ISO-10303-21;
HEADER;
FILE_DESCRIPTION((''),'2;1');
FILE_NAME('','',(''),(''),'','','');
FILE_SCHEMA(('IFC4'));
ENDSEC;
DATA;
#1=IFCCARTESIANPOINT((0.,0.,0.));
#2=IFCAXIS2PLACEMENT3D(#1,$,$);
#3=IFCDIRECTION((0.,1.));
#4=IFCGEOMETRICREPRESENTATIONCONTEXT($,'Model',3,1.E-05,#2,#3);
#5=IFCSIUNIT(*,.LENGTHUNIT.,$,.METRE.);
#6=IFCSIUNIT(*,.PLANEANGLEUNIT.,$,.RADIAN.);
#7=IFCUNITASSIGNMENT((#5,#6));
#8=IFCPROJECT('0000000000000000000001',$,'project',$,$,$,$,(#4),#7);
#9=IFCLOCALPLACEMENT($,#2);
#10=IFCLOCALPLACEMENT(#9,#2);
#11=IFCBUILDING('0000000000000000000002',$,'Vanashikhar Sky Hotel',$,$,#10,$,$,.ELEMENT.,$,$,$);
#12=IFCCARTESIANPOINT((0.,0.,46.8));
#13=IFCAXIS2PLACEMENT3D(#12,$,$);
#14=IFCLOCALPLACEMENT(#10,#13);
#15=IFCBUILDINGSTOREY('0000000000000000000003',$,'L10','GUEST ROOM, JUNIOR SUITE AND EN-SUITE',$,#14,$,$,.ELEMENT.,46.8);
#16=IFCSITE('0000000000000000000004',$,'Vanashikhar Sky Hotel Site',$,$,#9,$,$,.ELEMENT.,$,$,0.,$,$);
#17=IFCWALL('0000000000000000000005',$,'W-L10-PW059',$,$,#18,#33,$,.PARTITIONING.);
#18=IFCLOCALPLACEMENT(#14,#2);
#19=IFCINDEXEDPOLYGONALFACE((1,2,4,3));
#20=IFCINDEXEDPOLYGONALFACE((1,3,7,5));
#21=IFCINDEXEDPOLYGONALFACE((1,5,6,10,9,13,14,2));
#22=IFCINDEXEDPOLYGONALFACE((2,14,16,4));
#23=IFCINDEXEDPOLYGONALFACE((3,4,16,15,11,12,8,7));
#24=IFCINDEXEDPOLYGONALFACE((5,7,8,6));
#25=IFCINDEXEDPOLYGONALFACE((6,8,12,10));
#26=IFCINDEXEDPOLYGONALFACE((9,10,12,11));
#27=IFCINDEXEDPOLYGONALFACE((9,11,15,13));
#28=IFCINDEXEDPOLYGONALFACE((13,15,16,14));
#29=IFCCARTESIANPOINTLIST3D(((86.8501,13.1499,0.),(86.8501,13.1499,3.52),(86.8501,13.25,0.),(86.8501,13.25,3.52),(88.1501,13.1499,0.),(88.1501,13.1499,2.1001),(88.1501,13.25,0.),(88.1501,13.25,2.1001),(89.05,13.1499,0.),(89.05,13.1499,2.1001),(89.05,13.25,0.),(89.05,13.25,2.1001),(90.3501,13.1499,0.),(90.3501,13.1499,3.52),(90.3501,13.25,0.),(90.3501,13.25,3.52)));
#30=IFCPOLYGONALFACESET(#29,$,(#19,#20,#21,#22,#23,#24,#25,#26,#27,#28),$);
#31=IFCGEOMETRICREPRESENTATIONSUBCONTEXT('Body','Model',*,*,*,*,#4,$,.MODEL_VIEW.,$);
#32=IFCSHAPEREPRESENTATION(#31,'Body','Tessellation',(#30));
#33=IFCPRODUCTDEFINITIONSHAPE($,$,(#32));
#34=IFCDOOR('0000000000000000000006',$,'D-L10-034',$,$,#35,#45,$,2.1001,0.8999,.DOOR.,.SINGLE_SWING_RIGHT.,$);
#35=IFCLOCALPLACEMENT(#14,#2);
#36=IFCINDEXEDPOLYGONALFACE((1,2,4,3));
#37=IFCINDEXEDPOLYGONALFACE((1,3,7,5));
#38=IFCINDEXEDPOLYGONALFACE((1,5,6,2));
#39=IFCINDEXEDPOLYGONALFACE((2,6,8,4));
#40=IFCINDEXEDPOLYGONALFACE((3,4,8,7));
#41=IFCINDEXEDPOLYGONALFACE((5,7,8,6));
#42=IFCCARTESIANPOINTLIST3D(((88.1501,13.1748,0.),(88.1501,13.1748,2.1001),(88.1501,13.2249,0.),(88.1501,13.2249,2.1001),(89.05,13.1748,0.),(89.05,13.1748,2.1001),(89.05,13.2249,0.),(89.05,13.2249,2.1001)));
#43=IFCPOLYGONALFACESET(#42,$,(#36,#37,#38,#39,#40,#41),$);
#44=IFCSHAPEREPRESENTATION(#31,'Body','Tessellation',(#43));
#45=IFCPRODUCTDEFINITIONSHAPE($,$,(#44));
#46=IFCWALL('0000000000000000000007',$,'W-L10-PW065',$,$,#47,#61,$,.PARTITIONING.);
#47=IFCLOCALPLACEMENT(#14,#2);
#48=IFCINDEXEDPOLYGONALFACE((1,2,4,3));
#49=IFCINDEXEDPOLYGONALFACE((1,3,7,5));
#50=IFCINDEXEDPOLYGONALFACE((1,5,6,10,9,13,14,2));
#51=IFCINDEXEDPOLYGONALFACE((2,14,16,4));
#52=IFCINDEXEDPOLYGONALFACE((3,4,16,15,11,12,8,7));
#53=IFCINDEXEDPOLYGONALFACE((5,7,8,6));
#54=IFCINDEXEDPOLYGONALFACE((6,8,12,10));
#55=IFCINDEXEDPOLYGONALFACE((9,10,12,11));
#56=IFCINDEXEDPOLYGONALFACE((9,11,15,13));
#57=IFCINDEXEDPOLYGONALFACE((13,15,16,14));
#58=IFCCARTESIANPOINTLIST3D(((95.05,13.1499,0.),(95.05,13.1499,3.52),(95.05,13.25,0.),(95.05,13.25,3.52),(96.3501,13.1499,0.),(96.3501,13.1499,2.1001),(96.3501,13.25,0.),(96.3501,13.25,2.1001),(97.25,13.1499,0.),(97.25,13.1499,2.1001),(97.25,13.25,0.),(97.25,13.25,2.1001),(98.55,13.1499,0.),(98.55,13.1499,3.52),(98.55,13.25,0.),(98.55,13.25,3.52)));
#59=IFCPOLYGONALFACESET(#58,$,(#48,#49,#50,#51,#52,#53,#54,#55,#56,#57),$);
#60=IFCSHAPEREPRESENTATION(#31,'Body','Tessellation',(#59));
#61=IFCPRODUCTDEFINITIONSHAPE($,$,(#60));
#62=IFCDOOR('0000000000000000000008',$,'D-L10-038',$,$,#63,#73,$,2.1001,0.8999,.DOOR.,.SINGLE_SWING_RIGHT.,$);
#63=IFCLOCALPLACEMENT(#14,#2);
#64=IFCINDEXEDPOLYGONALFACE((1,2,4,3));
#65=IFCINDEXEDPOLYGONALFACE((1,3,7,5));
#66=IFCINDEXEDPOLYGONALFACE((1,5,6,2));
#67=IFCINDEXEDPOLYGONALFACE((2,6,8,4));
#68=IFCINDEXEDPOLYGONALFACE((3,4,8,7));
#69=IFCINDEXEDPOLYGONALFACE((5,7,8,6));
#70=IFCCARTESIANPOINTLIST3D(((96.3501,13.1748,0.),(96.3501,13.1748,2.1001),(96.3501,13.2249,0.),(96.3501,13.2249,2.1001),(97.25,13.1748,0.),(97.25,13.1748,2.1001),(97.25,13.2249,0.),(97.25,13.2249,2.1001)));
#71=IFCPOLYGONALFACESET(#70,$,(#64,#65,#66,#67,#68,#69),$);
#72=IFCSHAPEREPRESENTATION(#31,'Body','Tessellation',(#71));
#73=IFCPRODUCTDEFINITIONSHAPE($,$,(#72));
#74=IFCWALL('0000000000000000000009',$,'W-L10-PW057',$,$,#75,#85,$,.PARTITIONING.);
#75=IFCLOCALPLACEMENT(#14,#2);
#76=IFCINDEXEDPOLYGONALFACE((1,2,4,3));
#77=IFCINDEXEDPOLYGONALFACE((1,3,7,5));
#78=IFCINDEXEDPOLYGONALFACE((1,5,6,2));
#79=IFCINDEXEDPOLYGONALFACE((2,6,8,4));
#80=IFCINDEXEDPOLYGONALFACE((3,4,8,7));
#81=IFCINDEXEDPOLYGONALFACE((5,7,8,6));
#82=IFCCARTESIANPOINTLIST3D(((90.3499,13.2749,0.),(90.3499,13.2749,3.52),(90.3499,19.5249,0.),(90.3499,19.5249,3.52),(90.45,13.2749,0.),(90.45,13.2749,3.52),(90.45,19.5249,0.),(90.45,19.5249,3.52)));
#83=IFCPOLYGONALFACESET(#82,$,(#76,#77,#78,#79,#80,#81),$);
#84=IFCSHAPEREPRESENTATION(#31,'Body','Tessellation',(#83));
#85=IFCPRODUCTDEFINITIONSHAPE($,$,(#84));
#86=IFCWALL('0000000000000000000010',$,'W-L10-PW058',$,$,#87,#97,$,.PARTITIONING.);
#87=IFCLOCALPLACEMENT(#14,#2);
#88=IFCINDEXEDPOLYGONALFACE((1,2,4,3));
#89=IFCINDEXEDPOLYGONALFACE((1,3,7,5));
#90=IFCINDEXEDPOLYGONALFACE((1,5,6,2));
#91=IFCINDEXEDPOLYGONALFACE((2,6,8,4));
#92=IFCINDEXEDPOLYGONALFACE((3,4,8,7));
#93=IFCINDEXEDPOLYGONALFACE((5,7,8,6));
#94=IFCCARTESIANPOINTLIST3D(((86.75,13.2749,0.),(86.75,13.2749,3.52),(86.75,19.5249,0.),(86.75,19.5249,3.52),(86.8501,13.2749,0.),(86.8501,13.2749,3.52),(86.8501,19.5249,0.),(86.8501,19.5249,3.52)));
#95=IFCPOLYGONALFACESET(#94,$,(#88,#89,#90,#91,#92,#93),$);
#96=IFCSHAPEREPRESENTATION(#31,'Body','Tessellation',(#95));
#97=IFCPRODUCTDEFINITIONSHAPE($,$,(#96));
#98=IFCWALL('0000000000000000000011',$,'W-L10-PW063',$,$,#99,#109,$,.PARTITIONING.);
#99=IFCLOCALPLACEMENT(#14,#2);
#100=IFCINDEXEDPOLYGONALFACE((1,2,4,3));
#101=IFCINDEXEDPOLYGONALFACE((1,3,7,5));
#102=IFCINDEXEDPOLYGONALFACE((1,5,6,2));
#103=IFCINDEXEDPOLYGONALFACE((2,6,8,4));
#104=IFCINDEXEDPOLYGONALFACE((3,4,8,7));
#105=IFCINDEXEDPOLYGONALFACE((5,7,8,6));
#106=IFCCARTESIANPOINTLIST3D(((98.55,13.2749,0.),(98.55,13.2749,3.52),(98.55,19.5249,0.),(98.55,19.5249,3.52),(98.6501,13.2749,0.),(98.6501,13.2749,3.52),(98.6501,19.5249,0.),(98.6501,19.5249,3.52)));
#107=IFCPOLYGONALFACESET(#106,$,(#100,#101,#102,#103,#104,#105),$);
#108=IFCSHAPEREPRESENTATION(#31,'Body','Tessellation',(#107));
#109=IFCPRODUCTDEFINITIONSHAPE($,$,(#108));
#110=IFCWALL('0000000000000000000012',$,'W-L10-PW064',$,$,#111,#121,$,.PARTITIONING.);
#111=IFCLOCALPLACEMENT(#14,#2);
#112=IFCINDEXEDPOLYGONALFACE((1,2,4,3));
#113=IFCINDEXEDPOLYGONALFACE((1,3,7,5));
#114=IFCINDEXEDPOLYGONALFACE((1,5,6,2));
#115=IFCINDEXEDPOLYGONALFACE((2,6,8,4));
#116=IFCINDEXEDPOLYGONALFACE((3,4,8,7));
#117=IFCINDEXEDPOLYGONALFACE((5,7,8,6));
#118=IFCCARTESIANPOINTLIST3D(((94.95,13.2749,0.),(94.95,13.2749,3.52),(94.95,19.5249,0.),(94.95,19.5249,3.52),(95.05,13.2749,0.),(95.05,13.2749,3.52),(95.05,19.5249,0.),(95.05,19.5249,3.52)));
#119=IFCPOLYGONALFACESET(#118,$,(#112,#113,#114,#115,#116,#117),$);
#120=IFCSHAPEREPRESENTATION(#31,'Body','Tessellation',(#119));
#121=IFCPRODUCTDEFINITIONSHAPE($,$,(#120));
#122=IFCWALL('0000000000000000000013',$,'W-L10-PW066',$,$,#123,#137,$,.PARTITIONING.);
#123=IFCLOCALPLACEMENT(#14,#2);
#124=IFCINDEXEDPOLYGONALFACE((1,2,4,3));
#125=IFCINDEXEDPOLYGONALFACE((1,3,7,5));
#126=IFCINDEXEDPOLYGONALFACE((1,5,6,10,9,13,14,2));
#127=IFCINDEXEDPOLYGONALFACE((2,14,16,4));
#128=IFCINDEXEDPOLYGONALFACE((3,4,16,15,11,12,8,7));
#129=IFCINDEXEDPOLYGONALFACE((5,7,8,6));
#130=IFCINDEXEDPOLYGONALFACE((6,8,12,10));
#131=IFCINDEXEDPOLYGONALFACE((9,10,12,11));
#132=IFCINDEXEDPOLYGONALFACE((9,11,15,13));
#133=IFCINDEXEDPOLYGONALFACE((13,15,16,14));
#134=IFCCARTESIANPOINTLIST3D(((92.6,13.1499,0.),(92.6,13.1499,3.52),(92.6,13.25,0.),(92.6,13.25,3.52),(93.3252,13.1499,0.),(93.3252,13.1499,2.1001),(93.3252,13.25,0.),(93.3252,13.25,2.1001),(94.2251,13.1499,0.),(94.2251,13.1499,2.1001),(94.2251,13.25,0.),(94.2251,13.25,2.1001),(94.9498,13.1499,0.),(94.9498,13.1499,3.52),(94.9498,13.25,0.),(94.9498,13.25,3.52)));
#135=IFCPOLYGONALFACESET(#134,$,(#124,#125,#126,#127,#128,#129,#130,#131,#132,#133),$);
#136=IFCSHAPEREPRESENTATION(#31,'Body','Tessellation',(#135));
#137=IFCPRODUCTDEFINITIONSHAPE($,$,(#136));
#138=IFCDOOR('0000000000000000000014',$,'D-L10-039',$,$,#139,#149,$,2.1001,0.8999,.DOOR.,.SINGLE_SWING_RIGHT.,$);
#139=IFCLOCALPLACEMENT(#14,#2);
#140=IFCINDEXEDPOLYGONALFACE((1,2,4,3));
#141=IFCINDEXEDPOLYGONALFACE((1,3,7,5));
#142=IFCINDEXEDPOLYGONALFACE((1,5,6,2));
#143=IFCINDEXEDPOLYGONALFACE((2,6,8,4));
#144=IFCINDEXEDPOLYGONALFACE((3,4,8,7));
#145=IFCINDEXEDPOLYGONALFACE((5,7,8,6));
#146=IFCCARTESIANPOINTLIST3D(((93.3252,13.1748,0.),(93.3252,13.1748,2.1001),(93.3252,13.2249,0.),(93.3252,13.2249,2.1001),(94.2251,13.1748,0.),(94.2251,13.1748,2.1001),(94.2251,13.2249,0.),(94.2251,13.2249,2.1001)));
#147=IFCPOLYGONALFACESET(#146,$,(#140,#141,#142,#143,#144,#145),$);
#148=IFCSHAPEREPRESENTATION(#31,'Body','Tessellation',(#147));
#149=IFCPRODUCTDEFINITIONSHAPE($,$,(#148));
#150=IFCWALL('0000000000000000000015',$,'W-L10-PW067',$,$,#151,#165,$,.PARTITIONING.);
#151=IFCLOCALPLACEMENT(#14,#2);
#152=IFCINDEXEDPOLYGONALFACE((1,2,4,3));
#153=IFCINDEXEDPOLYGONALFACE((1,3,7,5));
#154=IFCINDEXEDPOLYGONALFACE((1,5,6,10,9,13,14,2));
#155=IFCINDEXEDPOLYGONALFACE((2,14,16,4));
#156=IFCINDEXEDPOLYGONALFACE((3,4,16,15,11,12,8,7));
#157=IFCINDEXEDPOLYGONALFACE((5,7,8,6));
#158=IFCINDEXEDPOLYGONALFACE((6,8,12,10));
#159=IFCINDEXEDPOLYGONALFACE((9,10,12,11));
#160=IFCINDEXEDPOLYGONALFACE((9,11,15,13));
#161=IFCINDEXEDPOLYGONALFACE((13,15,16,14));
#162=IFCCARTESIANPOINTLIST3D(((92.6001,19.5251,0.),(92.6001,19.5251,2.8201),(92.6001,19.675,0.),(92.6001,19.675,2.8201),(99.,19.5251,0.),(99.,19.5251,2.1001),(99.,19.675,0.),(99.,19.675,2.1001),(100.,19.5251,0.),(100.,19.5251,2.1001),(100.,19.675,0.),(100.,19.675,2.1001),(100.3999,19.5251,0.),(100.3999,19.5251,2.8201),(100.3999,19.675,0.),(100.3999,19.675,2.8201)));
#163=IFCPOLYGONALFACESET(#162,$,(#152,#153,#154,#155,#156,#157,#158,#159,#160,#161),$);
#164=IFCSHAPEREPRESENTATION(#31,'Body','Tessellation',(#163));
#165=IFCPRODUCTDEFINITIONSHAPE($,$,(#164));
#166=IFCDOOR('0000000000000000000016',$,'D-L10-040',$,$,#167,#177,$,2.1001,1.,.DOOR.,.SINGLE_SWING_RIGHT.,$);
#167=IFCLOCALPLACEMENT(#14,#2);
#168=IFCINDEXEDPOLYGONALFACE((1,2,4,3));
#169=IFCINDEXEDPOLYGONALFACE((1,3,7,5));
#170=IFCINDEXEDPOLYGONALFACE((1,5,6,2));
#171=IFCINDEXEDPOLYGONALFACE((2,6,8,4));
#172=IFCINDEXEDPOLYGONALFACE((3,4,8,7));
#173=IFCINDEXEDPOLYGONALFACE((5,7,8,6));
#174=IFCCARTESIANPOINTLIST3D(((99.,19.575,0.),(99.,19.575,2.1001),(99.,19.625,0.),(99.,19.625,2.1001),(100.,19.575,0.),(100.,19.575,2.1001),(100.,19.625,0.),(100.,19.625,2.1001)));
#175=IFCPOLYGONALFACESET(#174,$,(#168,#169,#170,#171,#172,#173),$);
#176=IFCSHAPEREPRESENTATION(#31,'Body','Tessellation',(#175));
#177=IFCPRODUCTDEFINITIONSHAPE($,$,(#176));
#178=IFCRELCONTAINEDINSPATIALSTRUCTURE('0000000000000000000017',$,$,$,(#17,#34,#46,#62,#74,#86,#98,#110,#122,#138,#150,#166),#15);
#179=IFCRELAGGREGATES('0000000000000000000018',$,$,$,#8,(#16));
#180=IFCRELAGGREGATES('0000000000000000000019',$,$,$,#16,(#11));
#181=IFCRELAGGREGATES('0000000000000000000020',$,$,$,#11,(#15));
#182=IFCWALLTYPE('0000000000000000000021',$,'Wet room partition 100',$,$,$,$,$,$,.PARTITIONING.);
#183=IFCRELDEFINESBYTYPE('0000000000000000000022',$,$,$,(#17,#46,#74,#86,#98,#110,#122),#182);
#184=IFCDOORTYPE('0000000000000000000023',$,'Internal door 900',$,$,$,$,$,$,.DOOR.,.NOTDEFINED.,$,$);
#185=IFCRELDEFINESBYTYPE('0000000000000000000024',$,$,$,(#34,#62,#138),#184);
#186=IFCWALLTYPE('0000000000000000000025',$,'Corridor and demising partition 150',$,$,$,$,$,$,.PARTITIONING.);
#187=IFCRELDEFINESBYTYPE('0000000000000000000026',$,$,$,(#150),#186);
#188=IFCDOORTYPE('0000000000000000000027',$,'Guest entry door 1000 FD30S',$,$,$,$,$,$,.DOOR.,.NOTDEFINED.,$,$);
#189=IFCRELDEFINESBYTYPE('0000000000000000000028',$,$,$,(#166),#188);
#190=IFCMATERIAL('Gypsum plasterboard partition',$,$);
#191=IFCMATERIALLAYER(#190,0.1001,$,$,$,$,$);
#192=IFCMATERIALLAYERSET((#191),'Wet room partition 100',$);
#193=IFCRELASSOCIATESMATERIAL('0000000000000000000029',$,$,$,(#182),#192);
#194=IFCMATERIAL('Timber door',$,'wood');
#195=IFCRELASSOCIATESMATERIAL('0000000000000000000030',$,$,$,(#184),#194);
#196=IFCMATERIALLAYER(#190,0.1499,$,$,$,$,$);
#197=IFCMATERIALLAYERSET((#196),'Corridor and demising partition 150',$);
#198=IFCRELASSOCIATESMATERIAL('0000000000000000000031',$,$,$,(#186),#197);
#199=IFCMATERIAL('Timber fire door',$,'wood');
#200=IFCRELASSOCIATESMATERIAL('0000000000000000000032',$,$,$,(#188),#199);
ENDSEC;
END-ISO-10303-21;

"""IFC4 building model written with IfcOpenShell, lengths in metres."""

from ifc_helpers import new_model, si_unit, direction, frame, frame_2d, origin, place, context, subcontext, project, spatial, rectangle, extrude, source, transform, mapped, material, layer, layer_set, type_object, element, fill, save


model = new_model("IFC4")

# Units and contexts
model_context = context("Model", 3, precision=1e-05, world=origin(), true_north=direction((0.0, 1.0)))
body_context = subcontext(model_context, "Body", "Model", "MODEL_VIEW")
ifc_project = project(units=[si_unit("LENGTHUNIT", "METRE"), si_unit("PLANEANGLEUNIT", "RADIAN")], contexts=[model_context])

# Site, building, storey
site_placement = place(None, origin())
site = spatial("IfcSite", under=ifc_project, at=site_placement, Name="Vanashikhar Sky Hotel Site", CompositionType="ELEMENT", RefElevation=0.0)
building_placement = place(site_placement, origin())
building = spatial("IfcBuilding", under=site, at=building_placement, Name="Vanashikhar Sky Hotel", CompositionType="ELEMENT")
storey_placement = place(building_placement, frame((0.0, 0.0, 46.8)))
storey = spatial("IfcBuildingStorey", under=building, at=storey_placement, Name="L10", Description="GUEST ROOM, JUNIOR SUITE AND EN-SUITE", CompositionType="ELEMENT", Elevation=46.8)

# Walls, openings, doors
ifc_material_1 = material(Name="Gypsum plasterboard partition")
ifc_layer_1 = layer(ifc_material_1, 0.1001)
ifc_layer_set_1 = layer_set([ifc_layer_1], Name="Wet room partition 100")
wall_type_1 = type_object("IfcWallType", Name="Wet room partition 100", PredefinedType="PARTITIONING", material=ifc_layer_set_1)
shared_shape_1 = source(origin(), body_context, "Body", "SweptSolid", [
    extrude(rectangle(XDim=3.5, YDim=0.1001, at=frame_2d((1.75, 0.0))), origin(), (0.0, 0.0, 1.0), 3.52),
])
wall_1_placement = place(storey_placement, frame((86.8501, 13.2, 0.0), z_axis=(0.0, 0.0, 1.0), x_axis=(1.0, 0.0, 0.0)))
wall_1 = element("IfcWall", 1, at=wall_1_placement, inside=storey, type_object=wall_type_1, Name="W-L10-PW059", PredefinedType="PARTITIONING", context=body_context, shape_type="MappedRepresentation", body=[
    mapped(shared_shape_1, transform((0.0, 0.0, 0.0), scale=1.0)),
])
shared_shape_2 = source(origin(), body_context, "Body", "SweptSolid", [
    extrude(rectangle(XDim=0.8999, YDim=2.1001, at=frame_2d((0.45, 1.05))), frame((0.0, 0.0601, 0.0), z_axis=(0.0, -1.0, 0.0), x_axis=(1.0, 0.0, 0.0)), (0.0, 0.0, 1.0), 0.1201),
])
opening_1_placement = place(wall_1_placement, frame((1.3, 0.0, 0.0)))
opening_1 = element("IfcOpeningElement", 2, at=opening_1_placement, cuts=wall_1, PredefinedType="OPENING", context=body_context, shape_type="MappedRepresentation", body=[
    mapped(shared_shape_2, transform((0.0, 0.0, 0.0), scale=1.0)),
])
ifc_material_2 = material(Name="Timber door", Category="wood")
door_type_1 = type_object("IfcDoorType", Name="Internal door 900", OperationType="NOTDEFINED", PredefinedType="DOOR", material=ifc_material_2)
shared_shape_3 = source(origin(), body_context, "Body", "SweptSolid", [
    extrude(rectangle(XDim=0.8999, YDim=2.1001, at=frame_2d((0.45, 1.05))), frame((0.0, 0.0249, 0.0), z_axis=(0.0, -1.0, 0.0), x_axis=(1.0, 0.0, 0.0)), (0.0, 0.0, 1.0), 0.05),
])
door_1_placement = place(opening_1_placement, origin())
door_1 = element("IfcDoor", 3, at=door_1_placement, inside=storey, type_object=door_type_1, Name="D-L10-034", OperationType="SINGLE_SWING_RIGHT", OverallHeight=2.1001, OverallWidth=0.8999, PredefinedType="DOOR", context=body_context, shape_type="MappedRepresentation", body=[
    mapped(shared_shape_3, transform((0.0, 0.0, 0.0), scale=1.0)),
])
fill(opening_1, door_1)
wall_2_placement = place(storey_placement, frame((95.05, 13.2, 0.0), z_axis=(0.0, 0.0, 1.0), x_axis=(1.0, 0.0, 0.0)))
wall_2 = element("IfcWall", 4, at=wall_2_placement, inside=storey, type_object=wall_type_1, Name="W-L10-PW065", PredefinedType="PARTITIONING", context=body_context, shape_type="MappedRepresentation", body=[
    mapped(shared_shape_1, transform((0.0, 0.0, 0.0), scale=1.0)),
])
opening_2_placement = place(wall_2_placement, frame((1.3, 0.0, 0.0)))
opening_2 = element("IfcOpeningElement", 5, at=opening_2_placement, cuts=wall_2, PredefinedType="OPENING", context=body_context, shape_type="MappedRepresentation", body=[
    mapped(shared_shape_2, transform((0.0, 0.0, 0.0), scale=1.0)),
])
door_2_placement = place(opening_2_placement, origin())
door_2 = element("IfcDoor", 6, at=door_2_placement, inside=storey, type_object=door_type_1, Name="D-L10-038", OperationType="SINGLE_SWING_RIGHT", OverallHeight=2.1001, OverallWidth=0.8999, PredefinedType="DOOR", context=body_context, shape_type="MappedRepresentation", body=[
    mapped(shared_shape_3, transform((0.0, 0.0, 0.0), scale=1.0)),
])
fill(opening_2, door_2)

# Walls
shared_shape_4 = source(origin(), body_context, "Body", "SweptSolid", [
    extrude(rectangle(XDim=6.25, YDim=0.1001, at=frame_2d((3.125, 0.0))), origin(), (0.0, 0.0, 1.0), 3.52),
])
for number, where, z_axis, x_axis, name in (
    (7, (90.3999, 13.2749, 0.0), (0.0, 0.0, 1.0), (0.0, 1.0, 0.0), "W-L10-PW057"),
    (8, (86.8, 13.2749, 0.0), (0.0, 0.0, 1.0), (0.0, 1.0, 0.0), "W-L10-PW058"),
    (9, (98.6001, 13.2749, 0.0), (0.0, 0.0, 1.0), (0.0, 1.0, 0.0), "W-L10-PW063"),
    (10, (95.0, 13.2749, 0.0), (0.0, 0.0, 1.0), (0.0, 1.0, 0.0), "W-L10-PW064"),
):
    element("IfcWall", number, at=place(storey_placement, frame(where, z_axis=z_axis, x_axis=x_axis)), inside=storey, type_object=wall_type_1, Name=name, PredefinedType="PARTITIONING", context=body_context, shape_type="MappedRepresentation", body=[
        mapped(shared_shape_4, transform((0.0, 0.0, 0.0), scale=1.0)),
    ])

# Walls, openings, doors
shared_shape_5 = source(origin(), body_context, "Body", "SweptSolid", [
    extrude(rectangle(XDim=2.3499, YDim=0.1001, at=frame_2d((1.1748, 0.0))), origin(), (0.0, 0.0, 1.0), 3.52),
])
wall_3_placement = place(storey_placement, frame((92.6001, 13.2, 0.0), z_axis=(0.0, 0.0, 1.0), x_axis=(1.0, 0.0, 0.0)))
wall_3 = element("IfcWall", 11, at=wall_3_placement, inside=storey, type_object=wall_type_1, Name="W-L10-PW066", PredefinedType="PARTITIONING", context=body_context, shape_type="MappedRepresentation", body=[
    mapped(shared_shape_5, transform((0.0, 0.0, 0.0), scale=1.0)),
])
opening_3_placement = place(wall_3_placement, frame((0.7251, 0.0, 0.0)))
opening_3 = element("IfcOpeningElement", 12, at=opening_3_placement, cuts=wall_3, PredefinedType="OPENING", context=body_context, shape_type="MappedRepresentation", body=[
    mapped(shared_shape_2, transform((0.0, 0.0, 0.0), scale=1.0)),
])
door_3_placement = place(opening_3_placement, origin())
door_3 = element("IfcDoor", 13, at=door_3_placement, inside=storey, type_object=door_type_1, Name="D-L10-039", OperationType="SINGLE_SWING_RIGHT", OverallHeight=2.1001, OverallWidth=0.8999, PredefinedType="DOOR", context=body_context, shape_type="MappedRepresentation", body=[
    mapped(shared_shape_3, transform((0.0, 0.0, 0.0), scale=1.0)),
])
fill(opening_3, door_3)
ifc_layer_2 = layer(ifc_material_1, 0.1499)
ifc_layer_set_2 = layer_set([ifc_layer_2], Name="Corridor and demising partition 150")
wall_type_2 = type_object("IfcWallType", Name="Corridor and demising partition 150", PredefinedType="PARTITIONING", material=ifc_layer_set_2)
shared_shape_6 = source(origin(), body_context, "Body", "SweptSolid", [
    extrude(rectangle(XDim=7.7998, YDim=0.1499, at=frame_2d((3.8999, 0.0))), origin(), (0.0, 0.0, 1.0), 2.8201),
])
wall_4_placement = place(storey_placement, frame((92.6001, 19.6001, 0.0), z_axis=(0.0, 0.0, 1.0), x_axis=(1.0, 0.0, 0.0)))
wall_4 = element("IfcWall", 14, at=wall_4_placement, inside=storey, type_object=wall_type_2, Name="W-L10-PW067", PredefinedType="PARTITIONING", context=body_context, shape_type="MappedRepresentation", body=[
    mapped(shared_shape_6, transform((0.0, 0.0, 0.0), scale=1.0)),
])
shared_shape_7 = source(origin(), body_context, "Body", "SweptSolid", [
    extrude(rectangle(XDim=1.0, YDim=2.1001, at=frame_2d((0.5, 1.05))), frame((0.0, 0.085, 0.0), z_axis=(0.0, -1.0, 0.0), x_axis=(1.0, 0.0, 0.0)), (0.0, 0.0, 1.0), 0.1699),
])
opening_4_placement = place(wall_4_placement, frame((6.3999, 0.0, 0.0)))
opening_4 = element("IfcOpeningElement", 15, at=opening_4_placement, cuts=wall_4, PredefinedType="OPENING", context=body_context, shape_type="MappedRepresentation", body=[
    mapped(shared_shape_7, transform((0.0, 0.0, 0.0), scale=1.0)),
])
ifc_material_3 = material(Name="Timber fire door", Category="wood")
door_type_2 = type_object("IfcDoorType", Name="Guest entry door 1000 FD30S", OperationType="NOTDEFINED", PredefinedType="DOOR", material=ifc_material_3)
shared_shape_8 = source(origin(), body_context, "Body", "SweptSolid", [
    extrude(rectangle(XDim=1.0, YDim=2.1001, at=frame_2d((0.5, 1.05))), frame((0.0, 0.0249, 0.0), z_axis=(0.0, -1.0, 0.0), x_axis=(1.0, 0.0, 0.0)), (0.0, 0.0, 1.0), 0.05),
])
door_4_placement = place(opening_4_placement, origin())
door_4 = element("IfcDoor", 16, at=door_4_placement, inside=storey, type_object=door_type_2, Name="D-L10-040", OperationType="SINGLE_SWING_RIGHT", OverallHeight=2.1001, OverallWidth=1.0, PredefinedType="DOOR", context=body_context, shape_type="MappedRepresentation", body=[
    mapped(shared_shape_8, transform((0.0, 0.0, 0.0), scale=1.0)),
])
fill(opening_4, door_4)

save(model, "model.ifc")
